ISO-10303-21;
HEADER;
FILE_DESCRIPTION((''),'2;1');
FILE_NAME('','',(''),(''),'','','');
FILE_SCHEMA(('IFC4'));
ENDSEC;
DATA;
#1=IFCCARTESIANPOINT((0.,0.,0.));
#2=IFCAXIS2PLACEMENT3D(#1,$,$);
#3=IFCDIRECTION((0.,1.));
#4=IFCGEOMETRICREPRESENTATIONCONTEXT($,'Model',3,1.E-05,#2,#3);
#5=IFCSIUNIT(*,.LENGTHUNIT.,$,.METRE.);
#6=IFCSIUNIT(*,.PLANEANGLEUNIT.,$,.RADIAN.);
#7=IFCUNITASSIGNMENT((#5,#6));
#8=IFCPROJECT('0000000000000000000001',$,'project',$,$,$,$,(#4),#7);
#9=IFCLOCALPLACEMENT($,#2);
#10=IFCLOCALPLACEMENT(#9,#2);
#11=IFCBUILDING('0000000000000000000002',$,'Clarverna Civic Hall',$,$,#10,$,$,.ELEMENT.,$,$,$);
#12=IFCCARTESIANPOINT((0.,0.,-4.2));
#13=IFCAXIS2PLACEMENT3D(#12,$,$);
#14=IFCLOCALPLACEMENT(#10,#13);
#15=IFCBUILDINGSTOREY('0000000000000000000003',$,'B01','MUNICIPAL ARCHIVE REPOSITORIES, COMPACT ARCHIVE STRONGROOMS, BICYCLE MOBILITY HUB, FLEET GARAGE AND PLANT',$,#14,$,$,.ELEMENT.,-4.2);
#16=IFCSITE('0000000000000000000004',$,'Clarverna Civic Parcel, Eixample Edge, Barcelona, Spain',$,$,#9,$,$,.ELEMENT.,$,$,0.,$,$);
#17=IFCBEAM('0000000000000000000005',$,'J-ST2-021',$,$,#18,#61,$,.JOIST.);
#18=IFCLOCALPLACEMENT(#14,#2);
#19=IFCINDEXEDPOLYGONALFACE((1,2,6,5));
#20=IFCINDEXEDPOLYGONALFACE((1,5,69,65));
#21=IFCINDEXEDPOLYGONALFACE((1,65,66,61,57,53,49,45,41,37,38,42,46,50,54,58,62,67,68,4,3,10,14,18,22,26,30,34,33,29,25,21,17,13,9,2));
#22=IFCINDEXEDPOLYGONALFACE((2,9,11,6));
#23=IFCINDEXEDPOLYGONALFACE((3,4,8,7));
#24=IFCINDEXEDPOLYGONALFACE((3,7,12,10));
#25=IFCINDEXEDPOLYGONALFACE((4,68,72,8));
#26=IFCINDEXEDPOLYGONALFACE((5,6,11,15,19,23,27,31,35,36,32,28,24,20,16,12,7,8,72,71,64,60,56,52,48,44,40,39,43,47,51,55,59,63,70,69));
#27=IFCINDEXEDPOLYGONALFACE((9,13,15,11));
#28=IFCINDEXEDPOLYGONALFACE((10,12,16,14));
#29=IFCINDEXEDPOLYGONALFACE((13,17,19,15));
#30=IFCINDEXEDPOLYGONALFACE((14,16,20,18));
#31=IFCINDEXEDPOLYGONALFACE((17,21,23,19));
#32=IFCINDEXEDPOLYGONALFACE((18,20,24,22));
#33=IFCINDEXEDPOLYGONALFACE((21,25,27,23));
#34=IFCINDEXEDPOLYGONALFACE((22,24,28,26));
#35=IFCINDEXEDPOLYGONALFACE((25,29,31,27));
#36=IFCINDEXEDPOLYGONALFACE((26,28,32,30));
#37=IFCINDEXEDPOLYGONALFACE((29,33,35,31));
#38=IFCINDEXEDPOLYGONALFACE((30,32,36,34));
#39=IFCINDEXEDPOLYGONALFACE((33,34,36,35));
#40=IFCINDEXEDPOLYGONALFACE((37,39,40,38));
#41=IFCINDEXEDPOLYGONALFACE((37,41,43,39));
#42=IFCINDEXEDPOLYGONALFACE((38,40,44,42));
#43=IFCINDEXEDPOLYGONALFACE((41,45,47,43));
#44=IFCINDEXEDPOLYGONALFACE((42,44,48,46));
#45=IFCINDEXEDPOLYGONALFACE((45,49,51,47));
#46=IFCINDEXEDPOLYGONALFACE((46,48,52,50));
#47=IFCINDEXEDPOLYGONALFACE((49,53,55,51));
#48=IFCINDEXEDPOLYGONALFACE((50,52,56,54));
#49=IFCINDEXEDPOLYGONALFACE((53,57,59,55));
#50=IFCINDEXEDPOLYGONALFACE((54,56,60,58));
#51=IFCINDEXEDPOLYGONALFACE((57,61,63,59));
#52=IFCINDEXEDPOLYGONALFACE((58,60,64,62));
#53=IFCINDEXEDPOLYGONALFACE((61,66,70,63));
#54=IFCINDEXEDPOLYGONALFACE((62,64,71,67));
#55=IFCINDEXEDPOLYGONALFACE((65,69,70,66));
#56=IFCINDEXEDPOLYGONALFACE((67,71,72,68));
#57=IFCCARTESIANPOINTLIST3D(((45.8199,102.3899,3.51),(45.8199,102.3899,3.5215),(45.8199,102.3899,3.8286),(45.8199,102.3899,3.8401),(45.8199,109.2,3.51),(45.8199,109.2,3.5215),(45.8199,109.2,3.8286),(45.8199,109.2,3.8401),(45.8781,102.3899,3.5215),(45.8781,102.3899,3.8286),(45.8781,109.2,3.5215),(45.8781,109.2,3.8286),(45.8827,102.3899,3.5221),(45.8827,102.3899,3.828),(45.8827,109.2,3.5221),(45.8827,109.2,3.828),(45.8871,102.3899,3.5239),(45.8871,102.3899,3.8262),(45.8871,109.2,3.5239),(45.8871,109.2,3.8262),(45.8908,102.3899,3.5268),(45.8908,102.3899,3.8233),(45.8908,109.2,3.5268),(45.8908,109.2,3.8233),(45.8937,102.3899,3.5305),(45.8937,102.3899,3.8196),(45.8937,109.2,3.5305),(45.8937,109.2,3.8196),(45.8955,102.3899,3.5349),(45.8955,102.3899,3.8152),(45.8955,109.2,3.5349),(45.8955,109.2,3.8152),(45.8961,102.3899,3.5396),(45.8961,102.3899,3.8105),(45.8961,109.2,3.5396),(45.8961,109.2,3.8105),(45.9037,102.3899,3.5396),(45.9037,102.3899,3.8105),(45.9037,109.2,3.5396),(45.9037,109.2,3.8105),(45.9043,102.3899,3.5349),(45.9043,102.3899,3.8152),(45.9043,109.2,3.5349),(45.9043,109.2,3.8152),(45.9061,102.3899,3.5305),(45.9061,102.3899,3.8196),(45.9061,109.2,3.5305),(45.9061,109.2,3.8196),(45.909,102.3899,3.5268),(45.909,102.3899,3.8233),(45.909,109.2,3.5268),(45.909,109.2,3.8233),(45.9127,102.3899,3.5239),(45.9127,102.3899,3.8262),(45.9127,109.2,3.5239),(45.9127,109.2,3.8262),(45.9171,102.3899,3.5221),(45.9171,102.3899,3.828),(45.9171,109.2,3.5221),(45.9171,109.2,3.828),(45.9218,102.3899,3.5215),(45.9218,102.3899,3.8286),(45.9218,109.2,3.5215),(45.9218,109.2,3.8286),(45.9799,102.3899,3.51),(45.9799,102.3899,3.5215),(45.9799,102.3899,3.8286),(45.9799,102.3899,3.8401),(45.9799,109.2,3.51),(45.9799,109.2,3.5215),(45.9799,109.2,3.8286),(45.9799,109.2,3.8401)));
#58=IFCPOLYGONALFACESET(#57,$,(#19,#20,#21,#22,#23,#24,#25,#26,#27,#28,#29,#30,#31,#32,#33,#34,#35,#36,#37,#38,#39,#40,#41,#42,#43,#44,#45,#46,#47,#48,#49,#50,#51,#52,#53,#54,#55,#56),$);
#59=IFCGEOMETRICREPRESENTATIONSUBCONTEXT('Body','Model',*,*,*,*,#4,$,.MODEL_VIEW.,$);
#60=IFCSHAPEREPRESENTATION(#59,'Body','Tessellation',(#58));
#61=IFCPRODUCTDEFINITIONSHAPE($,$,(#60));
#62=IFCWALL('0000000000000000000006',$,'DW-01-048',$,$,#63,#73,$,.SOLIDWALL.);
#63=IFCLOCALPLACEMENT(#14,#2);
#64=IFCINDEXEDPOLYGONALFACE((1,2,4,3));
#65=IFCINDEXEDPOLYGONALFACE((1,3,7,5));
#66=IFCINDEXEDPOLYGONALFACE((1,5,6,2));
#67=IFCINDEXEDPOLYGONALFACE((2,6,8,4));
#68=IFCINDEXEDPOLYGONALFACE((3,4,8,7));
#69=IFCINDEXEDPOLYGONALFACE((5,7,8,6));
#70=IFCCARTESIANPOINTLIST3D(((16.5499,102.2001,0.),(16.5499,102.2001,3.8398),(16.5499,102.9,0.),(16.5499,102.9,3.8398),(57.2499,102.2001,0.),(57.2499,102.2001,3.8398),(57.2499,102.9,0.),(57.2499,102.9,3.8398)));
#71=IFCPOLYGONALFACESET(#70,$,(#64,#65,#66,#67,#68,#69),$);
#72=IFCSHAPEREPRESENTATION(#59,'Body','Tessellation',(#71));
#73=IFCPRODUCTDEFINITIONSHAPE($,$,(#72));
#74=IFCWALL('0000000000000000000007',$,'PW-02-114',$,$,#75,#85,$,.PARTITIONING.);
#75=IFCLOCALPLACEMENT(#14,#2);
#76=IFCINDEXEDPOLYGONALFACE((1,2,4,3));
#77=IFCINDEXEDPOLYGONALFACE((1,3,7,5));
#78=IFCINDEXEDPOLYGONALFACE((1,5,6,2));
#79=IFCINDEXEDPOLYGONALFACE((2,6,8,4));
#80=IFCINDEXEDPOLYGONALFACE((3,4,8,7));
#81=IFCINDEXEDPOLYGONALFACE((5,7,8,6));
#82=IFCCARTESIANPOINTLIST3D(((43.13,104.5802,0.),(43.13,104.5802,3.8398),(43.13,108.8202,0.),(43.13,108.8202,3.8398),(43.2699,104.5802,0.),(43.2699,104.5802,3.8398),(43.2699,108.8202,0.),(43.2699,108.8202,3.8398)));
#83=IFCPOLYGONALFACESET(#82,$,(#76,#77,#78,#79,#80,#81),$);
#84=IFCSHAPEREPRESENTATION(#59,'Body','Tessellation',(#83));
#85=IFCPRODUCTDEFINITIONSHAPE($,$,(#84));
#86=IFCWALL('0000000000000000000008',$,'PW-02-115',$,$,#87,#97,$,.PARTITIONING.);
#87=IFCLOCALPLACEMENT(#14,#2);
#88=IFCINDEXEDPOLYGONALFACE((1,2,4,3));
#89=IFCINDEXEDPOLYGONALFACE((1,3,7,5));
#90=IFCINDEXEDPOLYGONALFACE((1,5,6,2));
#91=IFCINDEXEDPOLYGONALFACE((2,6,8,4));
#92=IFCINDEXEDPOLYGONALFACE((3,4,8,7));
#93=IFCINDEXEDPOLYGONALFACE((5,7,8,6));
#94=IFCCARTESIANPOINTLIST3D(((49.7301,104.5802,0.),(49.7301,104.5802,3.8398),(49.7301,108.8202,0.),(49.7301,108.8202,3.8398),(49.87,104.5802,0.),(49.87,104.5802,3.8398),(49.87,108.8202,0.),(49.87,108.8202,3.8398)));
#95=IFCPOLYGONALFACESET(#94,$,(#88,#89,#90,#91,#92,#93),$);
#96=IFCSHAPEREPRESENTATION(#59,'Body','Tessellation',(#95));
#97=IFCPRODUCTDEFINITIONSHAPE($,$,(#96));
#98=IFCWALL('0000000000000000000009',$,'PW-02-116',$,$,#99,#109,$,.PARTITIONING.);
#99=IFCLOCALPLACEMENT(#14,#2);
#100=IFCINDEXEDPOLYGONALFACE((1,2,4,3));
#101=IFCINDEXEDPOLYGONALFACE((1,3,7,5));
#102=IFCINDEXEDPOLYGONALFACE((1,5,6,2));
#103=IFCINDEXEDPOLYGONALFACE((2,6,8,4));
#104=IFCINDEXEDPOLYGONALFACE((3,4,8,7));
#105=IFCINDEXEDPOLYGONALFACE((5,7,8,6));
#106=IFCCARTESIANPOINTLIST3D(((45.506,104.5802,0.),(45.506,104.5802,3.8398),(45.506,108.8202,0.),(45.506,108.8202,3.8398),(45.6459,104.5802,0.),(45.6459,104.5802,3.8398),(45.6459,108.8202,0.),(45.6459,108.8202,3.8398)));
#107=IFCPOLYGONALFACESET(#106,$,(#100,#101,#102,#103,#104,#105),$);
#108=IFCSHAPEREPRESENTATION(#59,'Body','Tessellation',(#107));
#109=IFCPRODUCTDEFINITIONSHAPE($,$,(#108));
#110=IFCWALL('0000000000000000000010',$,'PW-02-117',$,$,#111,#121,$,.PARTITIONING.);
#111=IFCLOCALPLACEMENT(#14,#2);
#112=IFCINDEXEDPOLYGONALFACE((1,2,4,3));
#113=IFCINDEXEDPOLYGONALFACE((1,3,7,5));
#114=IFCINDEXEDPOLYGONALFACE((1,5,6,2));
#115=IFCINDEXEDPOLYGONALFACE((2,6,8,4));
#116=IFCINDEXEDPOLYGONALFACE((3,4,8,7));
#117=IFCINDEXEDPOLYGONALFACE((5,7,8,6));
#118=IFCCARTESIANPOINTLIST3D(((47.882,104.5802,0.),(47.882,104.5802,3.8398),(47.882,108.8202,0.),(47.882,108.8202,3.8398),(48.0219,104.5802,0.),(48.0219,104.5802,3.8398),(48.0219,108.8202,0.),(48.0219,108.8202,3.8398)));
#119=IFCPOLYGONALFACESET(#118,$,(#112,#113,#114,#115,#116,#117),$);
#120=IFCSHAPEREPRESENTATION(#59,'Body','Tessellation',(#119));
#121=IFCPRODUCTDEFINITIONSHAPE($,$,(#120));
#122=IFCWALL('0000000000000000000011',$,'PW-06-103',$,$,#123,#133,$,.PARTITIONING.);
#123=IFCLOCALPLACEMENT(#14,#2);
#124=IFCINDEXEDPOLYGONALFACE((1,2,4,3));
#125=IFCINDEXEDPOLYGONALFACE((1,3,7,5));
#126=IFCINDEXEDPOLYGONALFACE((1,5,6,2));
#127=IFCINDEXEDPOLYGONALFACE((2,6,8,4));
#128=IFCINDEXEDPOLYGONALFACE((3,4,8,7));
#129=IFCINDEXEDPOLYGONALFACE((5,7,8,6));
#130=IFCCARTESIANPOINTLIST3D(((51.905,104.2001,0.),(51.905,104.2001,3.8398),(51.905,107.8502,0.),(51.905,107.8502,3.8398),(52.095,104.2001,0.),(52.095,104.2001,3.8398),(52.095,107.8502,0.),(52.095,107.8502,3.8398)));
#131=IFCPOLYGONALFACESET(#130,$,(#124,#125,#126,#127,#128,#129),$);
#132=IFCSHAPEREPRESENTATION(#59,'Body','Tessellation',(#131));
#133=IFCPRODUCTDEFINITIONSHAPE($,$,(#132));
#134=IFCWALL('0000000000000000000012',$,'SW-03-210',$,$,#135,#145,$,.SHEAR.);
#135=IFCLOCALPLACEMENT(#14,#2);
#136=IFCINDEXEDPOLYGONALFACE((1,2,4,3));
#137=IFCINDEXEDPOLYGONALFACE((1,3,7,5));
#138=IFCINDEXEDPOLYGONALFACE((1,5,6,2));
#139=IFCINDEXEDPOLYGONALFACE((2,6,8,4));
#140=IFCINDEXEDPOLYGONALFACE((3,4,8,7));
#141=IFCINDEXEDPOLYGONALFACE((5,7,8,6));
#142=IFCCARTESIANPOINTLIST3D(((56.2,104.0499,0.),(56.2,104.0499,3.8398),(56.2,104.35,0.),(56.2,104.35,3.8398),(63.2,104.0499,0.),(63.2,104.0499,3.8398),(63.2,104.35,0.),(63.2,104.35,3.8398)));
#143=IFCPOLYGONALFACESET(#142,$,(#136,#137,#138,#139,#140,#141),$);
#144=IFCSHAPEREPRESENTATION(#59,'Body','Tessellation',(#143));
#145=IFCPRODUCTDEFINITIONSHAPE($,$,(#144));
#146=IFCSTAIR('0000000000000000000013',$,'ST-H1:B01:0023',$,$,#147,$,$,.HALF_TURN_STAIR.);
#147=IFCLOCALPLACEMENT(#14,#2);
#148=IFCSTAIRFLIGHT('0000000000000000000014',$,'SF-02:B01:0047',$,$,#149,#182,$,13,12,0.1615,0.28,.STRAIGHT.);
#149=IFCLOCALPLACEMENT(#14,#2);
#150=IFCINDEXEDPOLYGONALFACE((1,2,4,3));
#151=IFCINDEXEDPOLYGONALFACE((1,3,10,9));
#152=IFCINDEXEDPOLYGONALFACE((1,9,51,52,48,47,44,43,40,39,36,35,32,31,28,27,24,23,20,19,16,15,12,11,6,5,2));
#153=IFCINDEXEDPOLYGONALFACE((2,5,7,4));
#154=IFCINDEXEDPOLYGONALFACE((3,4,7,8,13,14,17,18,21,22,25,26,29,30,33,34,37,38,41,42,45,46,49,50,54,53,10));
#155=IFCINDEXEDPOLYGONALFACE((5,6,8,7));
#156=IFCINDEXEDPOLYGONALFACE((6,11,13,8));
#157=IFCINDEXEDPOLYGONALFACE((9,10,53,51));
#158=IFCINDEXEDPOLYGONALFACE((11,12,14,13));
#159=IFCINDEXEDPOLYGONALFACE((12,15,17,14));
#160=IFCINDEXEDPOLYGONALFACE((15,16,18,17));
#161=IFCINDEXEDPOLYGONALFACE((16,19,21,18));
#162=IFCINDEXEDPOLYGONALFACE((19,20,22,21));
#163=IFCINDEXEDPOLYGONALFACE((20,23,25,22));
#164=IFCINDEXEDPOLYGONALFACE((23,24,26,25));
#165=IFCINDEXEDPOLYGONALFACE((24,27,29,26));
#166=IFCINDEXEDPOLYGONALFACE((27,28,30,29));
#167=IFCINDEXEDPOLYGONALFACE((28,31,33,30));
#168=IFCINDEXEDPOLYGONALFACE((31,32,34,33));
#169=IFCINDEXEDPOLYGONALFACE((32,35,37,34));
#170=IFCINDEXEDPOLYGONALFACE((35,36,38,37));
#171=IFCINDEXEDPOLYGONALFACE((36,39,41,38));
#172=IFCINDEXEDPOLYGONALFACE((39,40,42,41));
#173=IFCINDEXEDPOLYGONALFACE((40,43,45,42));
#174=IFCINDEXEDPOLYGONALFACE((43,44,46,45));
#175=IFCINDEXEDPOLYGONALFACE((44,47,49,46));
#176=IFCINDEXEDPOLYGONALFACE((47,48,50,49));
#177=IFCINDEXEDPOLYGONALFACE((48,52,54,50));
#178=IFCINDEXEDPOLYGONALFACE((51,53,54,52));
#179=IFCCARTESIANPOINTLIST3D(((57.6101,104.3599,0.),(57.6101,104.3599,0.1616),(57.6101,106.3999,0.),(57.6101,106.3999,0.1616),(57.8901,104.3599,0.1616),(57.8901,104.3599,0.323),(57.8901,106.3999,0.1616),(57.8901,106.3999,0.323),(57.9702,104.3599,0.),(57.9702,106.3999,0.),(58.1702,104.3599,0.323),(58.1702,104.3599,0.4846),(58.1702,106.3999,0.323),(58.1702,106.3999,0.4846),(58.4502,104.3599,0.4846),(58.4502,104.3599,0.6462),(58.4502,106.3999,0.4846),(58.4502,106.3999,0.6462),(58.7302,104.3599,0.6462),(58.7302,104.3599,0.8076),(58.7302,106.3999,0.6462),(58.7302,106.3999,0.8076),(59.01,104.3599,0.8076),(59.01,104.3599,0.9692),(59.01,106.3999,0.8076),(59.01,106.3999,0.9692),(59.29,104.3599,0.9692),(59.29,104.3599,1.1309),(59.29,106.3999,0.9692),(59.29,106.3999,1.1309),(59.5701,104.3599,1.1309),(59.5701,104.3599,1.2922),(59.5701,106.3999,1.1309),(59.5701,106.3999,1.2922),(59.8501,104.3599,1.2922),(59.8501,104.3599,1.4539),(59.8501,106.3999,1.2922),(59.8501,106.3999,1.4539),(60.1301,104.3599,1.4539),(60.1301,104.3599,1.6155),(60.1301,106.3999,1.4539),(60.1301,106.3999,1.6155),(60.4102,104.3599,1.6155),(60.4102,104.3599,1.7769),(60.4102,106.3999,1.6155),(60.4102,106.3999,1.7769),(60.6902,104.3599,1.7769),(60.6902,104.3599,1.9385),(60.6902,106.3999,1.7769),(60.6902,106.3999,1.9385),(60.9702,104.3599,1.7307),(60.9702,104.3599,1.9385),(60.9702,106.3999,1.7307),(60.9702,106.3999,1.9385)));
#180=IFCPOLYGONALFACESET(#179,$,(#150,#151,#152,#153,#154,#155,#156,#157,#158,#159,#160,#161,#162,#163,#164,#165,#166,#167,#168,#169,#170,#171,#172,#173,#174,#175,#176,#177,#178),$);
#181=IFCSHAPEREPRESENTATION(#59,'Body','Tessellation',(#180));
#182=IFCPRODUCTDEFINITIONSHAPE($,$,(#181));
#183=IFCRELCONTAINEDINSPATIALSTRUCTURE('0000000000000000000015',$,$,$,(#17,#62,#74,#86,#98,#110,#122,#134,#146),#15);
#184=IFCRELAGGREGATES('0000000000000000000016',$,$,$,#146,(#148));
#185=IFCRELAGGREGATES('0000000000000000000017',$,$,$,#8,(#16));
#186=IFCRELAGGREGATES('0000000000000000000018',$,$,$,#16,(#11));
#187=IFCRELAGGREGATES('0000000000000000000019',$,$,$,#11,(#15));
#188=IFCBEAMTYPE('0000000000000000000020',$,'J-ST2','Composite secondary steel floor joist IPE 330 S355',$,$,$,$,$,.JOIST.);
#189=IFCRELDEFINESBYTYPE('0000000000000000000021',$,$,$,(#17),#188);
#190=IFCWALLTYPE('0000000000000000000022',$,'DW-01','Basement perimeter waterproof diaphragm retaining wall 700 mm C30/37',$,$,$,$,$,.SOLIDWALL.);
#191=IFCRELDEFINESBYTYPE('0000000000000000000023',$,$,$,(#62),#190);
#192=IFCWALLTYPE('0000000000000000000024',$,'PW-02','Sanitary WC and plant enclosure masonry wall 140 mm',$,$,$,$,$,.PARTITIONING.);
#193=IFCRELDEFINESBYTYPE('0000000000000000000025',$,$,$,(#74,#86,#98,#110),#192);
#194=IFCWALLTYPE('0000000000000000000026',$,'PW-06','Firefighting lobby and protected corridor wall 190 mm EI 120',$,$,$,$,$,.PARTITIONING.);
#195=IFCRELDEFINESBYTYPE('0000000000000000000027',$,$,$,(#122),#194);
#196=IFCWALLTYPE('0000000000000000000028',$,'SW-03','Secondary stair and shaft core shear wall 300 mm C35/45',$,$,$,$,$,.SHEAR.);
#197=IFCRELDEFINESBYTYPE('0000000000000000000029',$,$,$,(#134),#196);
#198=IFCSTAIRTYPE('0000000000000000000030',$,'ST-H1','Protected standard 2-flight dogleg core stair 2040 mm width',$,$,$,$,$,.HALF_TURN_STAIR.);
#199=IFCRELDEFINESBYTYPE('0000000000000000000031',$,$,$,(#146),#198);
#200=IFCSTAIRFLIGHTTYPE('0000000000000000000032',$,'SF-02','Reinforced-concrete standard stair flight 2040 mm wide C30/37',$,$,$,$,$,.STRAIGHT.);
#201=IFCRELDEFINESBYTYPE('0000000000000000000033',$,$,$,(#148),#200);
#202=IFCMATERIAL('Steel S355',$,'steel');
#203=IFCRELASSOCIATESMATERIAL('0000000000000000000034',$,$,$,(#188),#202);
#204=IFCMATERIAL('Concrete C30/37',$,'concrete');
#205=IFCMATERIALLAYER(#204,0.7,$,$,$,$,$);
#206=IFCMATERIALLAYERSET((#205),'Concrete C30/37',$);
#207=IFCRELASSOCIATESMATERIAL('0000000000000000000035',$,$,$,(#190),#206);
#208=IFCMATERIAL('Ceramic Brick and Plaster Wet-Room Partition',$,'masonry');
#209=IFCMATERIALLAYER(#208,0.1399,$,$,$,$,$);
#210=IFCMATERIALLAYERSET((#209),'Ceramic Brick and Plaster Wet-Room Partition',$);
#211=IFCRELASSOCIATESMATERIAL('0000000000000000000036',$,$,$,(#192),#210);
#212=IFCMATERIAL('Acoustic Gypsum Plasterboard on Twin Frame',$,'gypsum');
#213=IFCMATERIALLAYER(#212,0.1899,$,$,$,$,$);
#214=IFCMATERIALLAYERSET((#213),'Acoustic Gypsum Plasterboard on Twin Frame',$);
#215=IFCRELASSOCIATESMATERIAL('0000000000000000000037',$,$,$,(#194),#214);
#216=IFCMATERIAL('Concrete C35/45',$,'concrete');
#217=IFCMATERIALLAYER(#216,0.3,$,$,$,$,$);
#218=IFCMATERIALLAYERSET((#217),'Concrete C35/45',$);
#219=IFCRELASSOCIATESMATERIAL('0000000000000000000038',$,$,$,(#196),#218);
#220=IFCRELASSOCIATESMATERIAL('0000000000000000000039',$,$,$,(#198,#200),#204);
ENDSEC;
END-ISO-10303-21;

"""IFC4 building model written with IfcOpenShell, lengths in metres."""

from ifc_helpers import new_model, si_unit, direction, frame, frame_2d, origin, origin_2d, place, context, subcontext, project, spatial, polyline, rectangle, i_section, outline, extrude, material, layer, layer_set, material_profile, profile_set, type_object, element, aggregate, save


model = new_model("IFC4")

# Units and contexts
model_context = context("Model", 3, precision=1e-05, world=origin(), true_north=direction((0.0, 1.0)))
body_context = subcontext(model_context, "Body", "Model", "MODEL_VIEW")
ifc_project = project(units=[si_unit("LENGTHUNIT", "METRE"), si_unit("PLANEANGLEUNIT", "RADIAN")], contexts=[model_context])

# Site, building, storey
site_placement = place(None, origin())
site = spatial("IfcSite", under=ifc_project, at=site_placement, Name="Clarverna Civic Parcel, Eixample Edge, Barcelona, Spain", CompositionType="ELEMENT", RefElevation=0.0)
building_placement = place(site_placement, origin())
building = spatial("IfcBuilding", under=site, at=building_placement, Name="Clarverna Civic Hall", CompositionType="ELEMENT")
storey_placement = place(building_placement, frame((0.0, 0.0, -4.2)))
storey = spatial("IfcBuildingStorey", under=building, at=storey_placement, Name="B01", Description="MUNICIPAL ARCHIVE REPOSITORIES, COMPACT ARCHIVE STRONGROOMS, BICYCLE MOBILITY HUB, FLEET GARAGE AND PLANT", CompositionType="ELEMENT", Elevation=-4.2)

# Shared definitions
ifc_material_1 = material(Name="Concrete C30/37", Category="concrete")

# Beam
ifc_material_2 = material(Name="Concrete C35/45", Category="concrete")
ifc_material_3 = material(Name="Steel S355", Category="steel")
ifc_material_profile_1 = material_profile(ifc_material_3, i_section(OverallWidth=0.1599, OverallDepth=0.3301, WebThickness=0.0076, FlangeThickness=0.0115, FilletRadius=0.0181, at=origin_2d()), Name="IPE 330")
ifc_profile_set_1 = profile_set([ifc_material_profile_1], Name="Steel S355")
beam_type_1 = type_object("IfcBeamType", Name="J-ST2", Description="Composite secondary steel floor joist IPE 330 S355", PredefinedType="JOIST", material=ifc_profile_set_1)
beam_1_placement = place(storey_placement, frame((45.8999, 102.3899, 3.675), z_axis=(0.0, 1.0, 0.0), x_axis=(-1.0, 0.0, 0.0)))
element("IfcBeam", 1, at=beam_1_placement, inside=storey, type_object=beam_type_1, Name="J-ST2-021", PredefinedType="JOIST", context=body_context, shape_type="SweptSolid", body=[
    extrude(i_section(OverallWidth=0.1599, OverallDepth=0.3301, WebThickness=0.0076, FlangeThickness=0.0115, FilletRadius=0.0181, at=origin_2d()), origin(), (0.0, 0.0, 1.0), 6.8101),
])

# Walls
ifc_layer_1 = layer(ifc_material_1, 0.7)
ifc_layer_set_1 = layer_set([ifc_layer_1], Name="Concrete C30/37")
wall_type_1 = type_object("IfcWallType", Name="DW-01", Description="Basement perimeter waterproof diaphragm retaining wall 700 mm C30/37", PredefinedType="SOLIDWALL", material=ifc_layer_set_1)
wall_1_placement = place(storey_placement, frame((57.25, 102.55, 0.0), z_axis=(0.0, 0.0, 1.0), x_axis=(-1.0, 0.0, 0.0)))
element("IfcWall", 2, at=wall_1_placement, inside=storey, type_object=wall_type_1, Name="DW-01-048", PredefinedType="SOLIDWALL", context=body_context, shape_type="SweptSolid", body=[
    extrude(rectangle(XDim=40.7, YDim=0.7, at=frame_2d((20.3501, 0.0))), origin(), (0.0, 0.0, 1.0), 3.8398),
])
ifc_material_4 = material(Name="Ceramic Brick and Plaster Wet-Room Partition", Category="masonry")
ifc_layer_2 = layer(ifc_material_4, 0.1399)
ifc_layer_set_2 = layer_set([ifc_layer_2], Name="Ceramic Brick and Plaster Wet-Room Partition")
wall_type_2 = type_object("IfcWallType", Name="PW-02", Description="Sanitary WC and plant enclosure masonry wall 140 mm", PredefinedType="PARTITIONING", material=ifc_layer_set_2)
for number, where, z_axis, x_axis, name in (
    (3, (43.2, 104.5801, 0.0), (0.0, 0.0, 1.0), (0.0, 1.0, 0.0), "PW-02-114"),
    (4, (49.8, 104.5801, 0.0), (0.0, 0.0, 1.0), (0.0, 1.0, 0.0), "PW-02-115"),
    (5, (45.5759, 104.5801, 0.0), (0.0, 0.0, 1.0), (0.0, 1.0, 0.0), "PW-02-116"),
    (6, (47.9519, 104.5801, 0.0), (0.0, 0.0, 1.0), (0.0, 1.0, 0.0), "PW-02-117"),
):
    element("IfcWall", number, at=place(storey_placement, frame(where, z_axis=z_axis, x_axis=x_axis)), inside=storey, type_object=wall_type_2, Name=name, PredefinedType="PARTITIONING", context=body_context, shape_type="SweptSolid", body=[
        extrude(rectangle(XDim=4.24, YDim=0.1399, at=frame_2d((2.1201, 0.0))), origin(), (0.0, 0.0, 1.0), 3.8398),
    ])

# Wall
ifc_material_5 = material(Name="Acoustic Gypsum Plasterboard on Twin Frame", Category="gypsum")
ifc_layer_3 = layer(ifc_material_5, 0.1899)
ifc_layer_set_3 = layer_set([ifc_layer_3], Name="Acoustic Gypsum Plasterboard on Twin Frame")
wall_type_3 = type_object("IfcWallType", Name="PW-06", Description="Firefighting lobby and protected corridor wall 190 mm EI 120", PredefinedType="PARTITIONING", material=ifc_layer_set_3)
wall_2_placement = place(storey_placement, frame((52.0, 104.2, 0.0), z_axis=(0.0, 0.0, 1.0), x_axis=(0.0, 1.0, 0.0)))
element("IfcWall", 7, at=wall_2_placement, inside=storey, type_object=wall_type_3, Name="PW-06-103", PredefinedType="PARTITIONING", context=body_context, shape_type="SweptSolid", body=[
    extrude(rectangle(XDim=3.6501, YDim=0.1899, at=frame_2d((1.8252, 0.0))), origin(), (0.0, 0.0, 1.0), 3.8398),
])

# Shared definitions
ifc_layer_4 = layer(ifc_material_2, 0.3)
ifc_layer_set_4 = layer_set([ifc_layer_4], Name="Concrete C35/45")
wall_type_4 = type_object("IfcWallType", Name="SW-03", Description="Secondary stair and shaft core shear wall 300 mm C35/45", PredefinedType="SHEAR", material=ifc_layer_set_4)

# Wall
wall_3_placement = place(storey_placement, frame((56.2, 104.2, 0.0), z_axis=(0.0, 0.0, 1.0), x_axis=(1.0, 0.0, 0.0)))
element("IfcWall", 8, at=wall_3_placement, inside=storey, type_object=wall_type_4, Name="SW-03-210", PredefinedType="SHEAR", context=body_context, shape_type="SweptSolid", body=[
    extrude(rectangle(XDim=7.0, YDim=0.3, at=frame_2d((3.5, 0.0))), origin(), (0.0, 0.0, 1.0), 3.8398),
])

# Stair, stair flight
stair_type = type_object("IfcStairType", Name="ST-H1", Description="Protected standard 2-flight dogleg core stair 2040 mm width", PredefinedType="HALF_TURN_STAIR", material=ifc_material_1)
stair_placement = place(storey_placement, origin())
stair = element("IfcStair", 9, at=stair_placement, inside=storey, type_object=stair_type, Name="ST-H1:B01:0023", PredefinedType="HALF_TURN_STAIR")
stair_flight_type = type_object("IfcStairFlightType", Name="SF-02", Description="Reinforced-concrete standard stair flight 2040 mm wide C30/37", PredefinedType="STRAIGHT", material=ifc_material_1)
stair_flight_placement = place(storey_placement, frame((57.6101, 105.3799, 0.0), z_axis=(0.0, 0.0, 1.0), x_axis=(1.0, 0.0, 0.0)))
stair_flight = element("IfcStairFlight", 10, at=stair_flight_placement, type_object=stair_flight_type, Name="SF-02:B01:0047", NumberOfRisers=13, NumberOfTreads=12, PredefinedType="STRAIGHT", RiserHeight=0.1615, TreadLength=0.28, context=body_context, shape_type="SweptSolid", body=[
    extrude(outline(polyline([(0.0, 0.0), (0.0, 0.1616), (0.28, 0.1616), (0.28, 0.323), (0.5601, 0.323), (0.5601, 0.4846), (0.8401, 0.4846), (0.8401, 0.6462), (1.1201, 0.6462), (1.1201, 0.8076), (1.3999, 0.8076), (1.3999, 0.9692), (1.6799, 0.9692), (1.6799, 1.1309), (1.96, 1.1309), (1.96, 1.2922), (2.24, 1.2922), (2.24, 1.4539), (2.52, 1.4539), (2.52, 1.6155), (2.8, 1.6155), (2.8, 1.7769), (3.0801, 1.7769), (3.0801, 1.9385), (3.3601, 1.9385), (3.3601, 2.1001), (3.3601, 1.7307), (0.3601, 0.0), (0.0, 0.0)])), frame((0.0, 1.02, 0.0), z_axis=(0.0, -1.0, 0.0), x_axis=(1.0, 0.0, 0.0)), (0.0, 0.0, 1.0), 2.04),
])
aggregate(stair, [stair_flight])

save(model, "model.ifc")
